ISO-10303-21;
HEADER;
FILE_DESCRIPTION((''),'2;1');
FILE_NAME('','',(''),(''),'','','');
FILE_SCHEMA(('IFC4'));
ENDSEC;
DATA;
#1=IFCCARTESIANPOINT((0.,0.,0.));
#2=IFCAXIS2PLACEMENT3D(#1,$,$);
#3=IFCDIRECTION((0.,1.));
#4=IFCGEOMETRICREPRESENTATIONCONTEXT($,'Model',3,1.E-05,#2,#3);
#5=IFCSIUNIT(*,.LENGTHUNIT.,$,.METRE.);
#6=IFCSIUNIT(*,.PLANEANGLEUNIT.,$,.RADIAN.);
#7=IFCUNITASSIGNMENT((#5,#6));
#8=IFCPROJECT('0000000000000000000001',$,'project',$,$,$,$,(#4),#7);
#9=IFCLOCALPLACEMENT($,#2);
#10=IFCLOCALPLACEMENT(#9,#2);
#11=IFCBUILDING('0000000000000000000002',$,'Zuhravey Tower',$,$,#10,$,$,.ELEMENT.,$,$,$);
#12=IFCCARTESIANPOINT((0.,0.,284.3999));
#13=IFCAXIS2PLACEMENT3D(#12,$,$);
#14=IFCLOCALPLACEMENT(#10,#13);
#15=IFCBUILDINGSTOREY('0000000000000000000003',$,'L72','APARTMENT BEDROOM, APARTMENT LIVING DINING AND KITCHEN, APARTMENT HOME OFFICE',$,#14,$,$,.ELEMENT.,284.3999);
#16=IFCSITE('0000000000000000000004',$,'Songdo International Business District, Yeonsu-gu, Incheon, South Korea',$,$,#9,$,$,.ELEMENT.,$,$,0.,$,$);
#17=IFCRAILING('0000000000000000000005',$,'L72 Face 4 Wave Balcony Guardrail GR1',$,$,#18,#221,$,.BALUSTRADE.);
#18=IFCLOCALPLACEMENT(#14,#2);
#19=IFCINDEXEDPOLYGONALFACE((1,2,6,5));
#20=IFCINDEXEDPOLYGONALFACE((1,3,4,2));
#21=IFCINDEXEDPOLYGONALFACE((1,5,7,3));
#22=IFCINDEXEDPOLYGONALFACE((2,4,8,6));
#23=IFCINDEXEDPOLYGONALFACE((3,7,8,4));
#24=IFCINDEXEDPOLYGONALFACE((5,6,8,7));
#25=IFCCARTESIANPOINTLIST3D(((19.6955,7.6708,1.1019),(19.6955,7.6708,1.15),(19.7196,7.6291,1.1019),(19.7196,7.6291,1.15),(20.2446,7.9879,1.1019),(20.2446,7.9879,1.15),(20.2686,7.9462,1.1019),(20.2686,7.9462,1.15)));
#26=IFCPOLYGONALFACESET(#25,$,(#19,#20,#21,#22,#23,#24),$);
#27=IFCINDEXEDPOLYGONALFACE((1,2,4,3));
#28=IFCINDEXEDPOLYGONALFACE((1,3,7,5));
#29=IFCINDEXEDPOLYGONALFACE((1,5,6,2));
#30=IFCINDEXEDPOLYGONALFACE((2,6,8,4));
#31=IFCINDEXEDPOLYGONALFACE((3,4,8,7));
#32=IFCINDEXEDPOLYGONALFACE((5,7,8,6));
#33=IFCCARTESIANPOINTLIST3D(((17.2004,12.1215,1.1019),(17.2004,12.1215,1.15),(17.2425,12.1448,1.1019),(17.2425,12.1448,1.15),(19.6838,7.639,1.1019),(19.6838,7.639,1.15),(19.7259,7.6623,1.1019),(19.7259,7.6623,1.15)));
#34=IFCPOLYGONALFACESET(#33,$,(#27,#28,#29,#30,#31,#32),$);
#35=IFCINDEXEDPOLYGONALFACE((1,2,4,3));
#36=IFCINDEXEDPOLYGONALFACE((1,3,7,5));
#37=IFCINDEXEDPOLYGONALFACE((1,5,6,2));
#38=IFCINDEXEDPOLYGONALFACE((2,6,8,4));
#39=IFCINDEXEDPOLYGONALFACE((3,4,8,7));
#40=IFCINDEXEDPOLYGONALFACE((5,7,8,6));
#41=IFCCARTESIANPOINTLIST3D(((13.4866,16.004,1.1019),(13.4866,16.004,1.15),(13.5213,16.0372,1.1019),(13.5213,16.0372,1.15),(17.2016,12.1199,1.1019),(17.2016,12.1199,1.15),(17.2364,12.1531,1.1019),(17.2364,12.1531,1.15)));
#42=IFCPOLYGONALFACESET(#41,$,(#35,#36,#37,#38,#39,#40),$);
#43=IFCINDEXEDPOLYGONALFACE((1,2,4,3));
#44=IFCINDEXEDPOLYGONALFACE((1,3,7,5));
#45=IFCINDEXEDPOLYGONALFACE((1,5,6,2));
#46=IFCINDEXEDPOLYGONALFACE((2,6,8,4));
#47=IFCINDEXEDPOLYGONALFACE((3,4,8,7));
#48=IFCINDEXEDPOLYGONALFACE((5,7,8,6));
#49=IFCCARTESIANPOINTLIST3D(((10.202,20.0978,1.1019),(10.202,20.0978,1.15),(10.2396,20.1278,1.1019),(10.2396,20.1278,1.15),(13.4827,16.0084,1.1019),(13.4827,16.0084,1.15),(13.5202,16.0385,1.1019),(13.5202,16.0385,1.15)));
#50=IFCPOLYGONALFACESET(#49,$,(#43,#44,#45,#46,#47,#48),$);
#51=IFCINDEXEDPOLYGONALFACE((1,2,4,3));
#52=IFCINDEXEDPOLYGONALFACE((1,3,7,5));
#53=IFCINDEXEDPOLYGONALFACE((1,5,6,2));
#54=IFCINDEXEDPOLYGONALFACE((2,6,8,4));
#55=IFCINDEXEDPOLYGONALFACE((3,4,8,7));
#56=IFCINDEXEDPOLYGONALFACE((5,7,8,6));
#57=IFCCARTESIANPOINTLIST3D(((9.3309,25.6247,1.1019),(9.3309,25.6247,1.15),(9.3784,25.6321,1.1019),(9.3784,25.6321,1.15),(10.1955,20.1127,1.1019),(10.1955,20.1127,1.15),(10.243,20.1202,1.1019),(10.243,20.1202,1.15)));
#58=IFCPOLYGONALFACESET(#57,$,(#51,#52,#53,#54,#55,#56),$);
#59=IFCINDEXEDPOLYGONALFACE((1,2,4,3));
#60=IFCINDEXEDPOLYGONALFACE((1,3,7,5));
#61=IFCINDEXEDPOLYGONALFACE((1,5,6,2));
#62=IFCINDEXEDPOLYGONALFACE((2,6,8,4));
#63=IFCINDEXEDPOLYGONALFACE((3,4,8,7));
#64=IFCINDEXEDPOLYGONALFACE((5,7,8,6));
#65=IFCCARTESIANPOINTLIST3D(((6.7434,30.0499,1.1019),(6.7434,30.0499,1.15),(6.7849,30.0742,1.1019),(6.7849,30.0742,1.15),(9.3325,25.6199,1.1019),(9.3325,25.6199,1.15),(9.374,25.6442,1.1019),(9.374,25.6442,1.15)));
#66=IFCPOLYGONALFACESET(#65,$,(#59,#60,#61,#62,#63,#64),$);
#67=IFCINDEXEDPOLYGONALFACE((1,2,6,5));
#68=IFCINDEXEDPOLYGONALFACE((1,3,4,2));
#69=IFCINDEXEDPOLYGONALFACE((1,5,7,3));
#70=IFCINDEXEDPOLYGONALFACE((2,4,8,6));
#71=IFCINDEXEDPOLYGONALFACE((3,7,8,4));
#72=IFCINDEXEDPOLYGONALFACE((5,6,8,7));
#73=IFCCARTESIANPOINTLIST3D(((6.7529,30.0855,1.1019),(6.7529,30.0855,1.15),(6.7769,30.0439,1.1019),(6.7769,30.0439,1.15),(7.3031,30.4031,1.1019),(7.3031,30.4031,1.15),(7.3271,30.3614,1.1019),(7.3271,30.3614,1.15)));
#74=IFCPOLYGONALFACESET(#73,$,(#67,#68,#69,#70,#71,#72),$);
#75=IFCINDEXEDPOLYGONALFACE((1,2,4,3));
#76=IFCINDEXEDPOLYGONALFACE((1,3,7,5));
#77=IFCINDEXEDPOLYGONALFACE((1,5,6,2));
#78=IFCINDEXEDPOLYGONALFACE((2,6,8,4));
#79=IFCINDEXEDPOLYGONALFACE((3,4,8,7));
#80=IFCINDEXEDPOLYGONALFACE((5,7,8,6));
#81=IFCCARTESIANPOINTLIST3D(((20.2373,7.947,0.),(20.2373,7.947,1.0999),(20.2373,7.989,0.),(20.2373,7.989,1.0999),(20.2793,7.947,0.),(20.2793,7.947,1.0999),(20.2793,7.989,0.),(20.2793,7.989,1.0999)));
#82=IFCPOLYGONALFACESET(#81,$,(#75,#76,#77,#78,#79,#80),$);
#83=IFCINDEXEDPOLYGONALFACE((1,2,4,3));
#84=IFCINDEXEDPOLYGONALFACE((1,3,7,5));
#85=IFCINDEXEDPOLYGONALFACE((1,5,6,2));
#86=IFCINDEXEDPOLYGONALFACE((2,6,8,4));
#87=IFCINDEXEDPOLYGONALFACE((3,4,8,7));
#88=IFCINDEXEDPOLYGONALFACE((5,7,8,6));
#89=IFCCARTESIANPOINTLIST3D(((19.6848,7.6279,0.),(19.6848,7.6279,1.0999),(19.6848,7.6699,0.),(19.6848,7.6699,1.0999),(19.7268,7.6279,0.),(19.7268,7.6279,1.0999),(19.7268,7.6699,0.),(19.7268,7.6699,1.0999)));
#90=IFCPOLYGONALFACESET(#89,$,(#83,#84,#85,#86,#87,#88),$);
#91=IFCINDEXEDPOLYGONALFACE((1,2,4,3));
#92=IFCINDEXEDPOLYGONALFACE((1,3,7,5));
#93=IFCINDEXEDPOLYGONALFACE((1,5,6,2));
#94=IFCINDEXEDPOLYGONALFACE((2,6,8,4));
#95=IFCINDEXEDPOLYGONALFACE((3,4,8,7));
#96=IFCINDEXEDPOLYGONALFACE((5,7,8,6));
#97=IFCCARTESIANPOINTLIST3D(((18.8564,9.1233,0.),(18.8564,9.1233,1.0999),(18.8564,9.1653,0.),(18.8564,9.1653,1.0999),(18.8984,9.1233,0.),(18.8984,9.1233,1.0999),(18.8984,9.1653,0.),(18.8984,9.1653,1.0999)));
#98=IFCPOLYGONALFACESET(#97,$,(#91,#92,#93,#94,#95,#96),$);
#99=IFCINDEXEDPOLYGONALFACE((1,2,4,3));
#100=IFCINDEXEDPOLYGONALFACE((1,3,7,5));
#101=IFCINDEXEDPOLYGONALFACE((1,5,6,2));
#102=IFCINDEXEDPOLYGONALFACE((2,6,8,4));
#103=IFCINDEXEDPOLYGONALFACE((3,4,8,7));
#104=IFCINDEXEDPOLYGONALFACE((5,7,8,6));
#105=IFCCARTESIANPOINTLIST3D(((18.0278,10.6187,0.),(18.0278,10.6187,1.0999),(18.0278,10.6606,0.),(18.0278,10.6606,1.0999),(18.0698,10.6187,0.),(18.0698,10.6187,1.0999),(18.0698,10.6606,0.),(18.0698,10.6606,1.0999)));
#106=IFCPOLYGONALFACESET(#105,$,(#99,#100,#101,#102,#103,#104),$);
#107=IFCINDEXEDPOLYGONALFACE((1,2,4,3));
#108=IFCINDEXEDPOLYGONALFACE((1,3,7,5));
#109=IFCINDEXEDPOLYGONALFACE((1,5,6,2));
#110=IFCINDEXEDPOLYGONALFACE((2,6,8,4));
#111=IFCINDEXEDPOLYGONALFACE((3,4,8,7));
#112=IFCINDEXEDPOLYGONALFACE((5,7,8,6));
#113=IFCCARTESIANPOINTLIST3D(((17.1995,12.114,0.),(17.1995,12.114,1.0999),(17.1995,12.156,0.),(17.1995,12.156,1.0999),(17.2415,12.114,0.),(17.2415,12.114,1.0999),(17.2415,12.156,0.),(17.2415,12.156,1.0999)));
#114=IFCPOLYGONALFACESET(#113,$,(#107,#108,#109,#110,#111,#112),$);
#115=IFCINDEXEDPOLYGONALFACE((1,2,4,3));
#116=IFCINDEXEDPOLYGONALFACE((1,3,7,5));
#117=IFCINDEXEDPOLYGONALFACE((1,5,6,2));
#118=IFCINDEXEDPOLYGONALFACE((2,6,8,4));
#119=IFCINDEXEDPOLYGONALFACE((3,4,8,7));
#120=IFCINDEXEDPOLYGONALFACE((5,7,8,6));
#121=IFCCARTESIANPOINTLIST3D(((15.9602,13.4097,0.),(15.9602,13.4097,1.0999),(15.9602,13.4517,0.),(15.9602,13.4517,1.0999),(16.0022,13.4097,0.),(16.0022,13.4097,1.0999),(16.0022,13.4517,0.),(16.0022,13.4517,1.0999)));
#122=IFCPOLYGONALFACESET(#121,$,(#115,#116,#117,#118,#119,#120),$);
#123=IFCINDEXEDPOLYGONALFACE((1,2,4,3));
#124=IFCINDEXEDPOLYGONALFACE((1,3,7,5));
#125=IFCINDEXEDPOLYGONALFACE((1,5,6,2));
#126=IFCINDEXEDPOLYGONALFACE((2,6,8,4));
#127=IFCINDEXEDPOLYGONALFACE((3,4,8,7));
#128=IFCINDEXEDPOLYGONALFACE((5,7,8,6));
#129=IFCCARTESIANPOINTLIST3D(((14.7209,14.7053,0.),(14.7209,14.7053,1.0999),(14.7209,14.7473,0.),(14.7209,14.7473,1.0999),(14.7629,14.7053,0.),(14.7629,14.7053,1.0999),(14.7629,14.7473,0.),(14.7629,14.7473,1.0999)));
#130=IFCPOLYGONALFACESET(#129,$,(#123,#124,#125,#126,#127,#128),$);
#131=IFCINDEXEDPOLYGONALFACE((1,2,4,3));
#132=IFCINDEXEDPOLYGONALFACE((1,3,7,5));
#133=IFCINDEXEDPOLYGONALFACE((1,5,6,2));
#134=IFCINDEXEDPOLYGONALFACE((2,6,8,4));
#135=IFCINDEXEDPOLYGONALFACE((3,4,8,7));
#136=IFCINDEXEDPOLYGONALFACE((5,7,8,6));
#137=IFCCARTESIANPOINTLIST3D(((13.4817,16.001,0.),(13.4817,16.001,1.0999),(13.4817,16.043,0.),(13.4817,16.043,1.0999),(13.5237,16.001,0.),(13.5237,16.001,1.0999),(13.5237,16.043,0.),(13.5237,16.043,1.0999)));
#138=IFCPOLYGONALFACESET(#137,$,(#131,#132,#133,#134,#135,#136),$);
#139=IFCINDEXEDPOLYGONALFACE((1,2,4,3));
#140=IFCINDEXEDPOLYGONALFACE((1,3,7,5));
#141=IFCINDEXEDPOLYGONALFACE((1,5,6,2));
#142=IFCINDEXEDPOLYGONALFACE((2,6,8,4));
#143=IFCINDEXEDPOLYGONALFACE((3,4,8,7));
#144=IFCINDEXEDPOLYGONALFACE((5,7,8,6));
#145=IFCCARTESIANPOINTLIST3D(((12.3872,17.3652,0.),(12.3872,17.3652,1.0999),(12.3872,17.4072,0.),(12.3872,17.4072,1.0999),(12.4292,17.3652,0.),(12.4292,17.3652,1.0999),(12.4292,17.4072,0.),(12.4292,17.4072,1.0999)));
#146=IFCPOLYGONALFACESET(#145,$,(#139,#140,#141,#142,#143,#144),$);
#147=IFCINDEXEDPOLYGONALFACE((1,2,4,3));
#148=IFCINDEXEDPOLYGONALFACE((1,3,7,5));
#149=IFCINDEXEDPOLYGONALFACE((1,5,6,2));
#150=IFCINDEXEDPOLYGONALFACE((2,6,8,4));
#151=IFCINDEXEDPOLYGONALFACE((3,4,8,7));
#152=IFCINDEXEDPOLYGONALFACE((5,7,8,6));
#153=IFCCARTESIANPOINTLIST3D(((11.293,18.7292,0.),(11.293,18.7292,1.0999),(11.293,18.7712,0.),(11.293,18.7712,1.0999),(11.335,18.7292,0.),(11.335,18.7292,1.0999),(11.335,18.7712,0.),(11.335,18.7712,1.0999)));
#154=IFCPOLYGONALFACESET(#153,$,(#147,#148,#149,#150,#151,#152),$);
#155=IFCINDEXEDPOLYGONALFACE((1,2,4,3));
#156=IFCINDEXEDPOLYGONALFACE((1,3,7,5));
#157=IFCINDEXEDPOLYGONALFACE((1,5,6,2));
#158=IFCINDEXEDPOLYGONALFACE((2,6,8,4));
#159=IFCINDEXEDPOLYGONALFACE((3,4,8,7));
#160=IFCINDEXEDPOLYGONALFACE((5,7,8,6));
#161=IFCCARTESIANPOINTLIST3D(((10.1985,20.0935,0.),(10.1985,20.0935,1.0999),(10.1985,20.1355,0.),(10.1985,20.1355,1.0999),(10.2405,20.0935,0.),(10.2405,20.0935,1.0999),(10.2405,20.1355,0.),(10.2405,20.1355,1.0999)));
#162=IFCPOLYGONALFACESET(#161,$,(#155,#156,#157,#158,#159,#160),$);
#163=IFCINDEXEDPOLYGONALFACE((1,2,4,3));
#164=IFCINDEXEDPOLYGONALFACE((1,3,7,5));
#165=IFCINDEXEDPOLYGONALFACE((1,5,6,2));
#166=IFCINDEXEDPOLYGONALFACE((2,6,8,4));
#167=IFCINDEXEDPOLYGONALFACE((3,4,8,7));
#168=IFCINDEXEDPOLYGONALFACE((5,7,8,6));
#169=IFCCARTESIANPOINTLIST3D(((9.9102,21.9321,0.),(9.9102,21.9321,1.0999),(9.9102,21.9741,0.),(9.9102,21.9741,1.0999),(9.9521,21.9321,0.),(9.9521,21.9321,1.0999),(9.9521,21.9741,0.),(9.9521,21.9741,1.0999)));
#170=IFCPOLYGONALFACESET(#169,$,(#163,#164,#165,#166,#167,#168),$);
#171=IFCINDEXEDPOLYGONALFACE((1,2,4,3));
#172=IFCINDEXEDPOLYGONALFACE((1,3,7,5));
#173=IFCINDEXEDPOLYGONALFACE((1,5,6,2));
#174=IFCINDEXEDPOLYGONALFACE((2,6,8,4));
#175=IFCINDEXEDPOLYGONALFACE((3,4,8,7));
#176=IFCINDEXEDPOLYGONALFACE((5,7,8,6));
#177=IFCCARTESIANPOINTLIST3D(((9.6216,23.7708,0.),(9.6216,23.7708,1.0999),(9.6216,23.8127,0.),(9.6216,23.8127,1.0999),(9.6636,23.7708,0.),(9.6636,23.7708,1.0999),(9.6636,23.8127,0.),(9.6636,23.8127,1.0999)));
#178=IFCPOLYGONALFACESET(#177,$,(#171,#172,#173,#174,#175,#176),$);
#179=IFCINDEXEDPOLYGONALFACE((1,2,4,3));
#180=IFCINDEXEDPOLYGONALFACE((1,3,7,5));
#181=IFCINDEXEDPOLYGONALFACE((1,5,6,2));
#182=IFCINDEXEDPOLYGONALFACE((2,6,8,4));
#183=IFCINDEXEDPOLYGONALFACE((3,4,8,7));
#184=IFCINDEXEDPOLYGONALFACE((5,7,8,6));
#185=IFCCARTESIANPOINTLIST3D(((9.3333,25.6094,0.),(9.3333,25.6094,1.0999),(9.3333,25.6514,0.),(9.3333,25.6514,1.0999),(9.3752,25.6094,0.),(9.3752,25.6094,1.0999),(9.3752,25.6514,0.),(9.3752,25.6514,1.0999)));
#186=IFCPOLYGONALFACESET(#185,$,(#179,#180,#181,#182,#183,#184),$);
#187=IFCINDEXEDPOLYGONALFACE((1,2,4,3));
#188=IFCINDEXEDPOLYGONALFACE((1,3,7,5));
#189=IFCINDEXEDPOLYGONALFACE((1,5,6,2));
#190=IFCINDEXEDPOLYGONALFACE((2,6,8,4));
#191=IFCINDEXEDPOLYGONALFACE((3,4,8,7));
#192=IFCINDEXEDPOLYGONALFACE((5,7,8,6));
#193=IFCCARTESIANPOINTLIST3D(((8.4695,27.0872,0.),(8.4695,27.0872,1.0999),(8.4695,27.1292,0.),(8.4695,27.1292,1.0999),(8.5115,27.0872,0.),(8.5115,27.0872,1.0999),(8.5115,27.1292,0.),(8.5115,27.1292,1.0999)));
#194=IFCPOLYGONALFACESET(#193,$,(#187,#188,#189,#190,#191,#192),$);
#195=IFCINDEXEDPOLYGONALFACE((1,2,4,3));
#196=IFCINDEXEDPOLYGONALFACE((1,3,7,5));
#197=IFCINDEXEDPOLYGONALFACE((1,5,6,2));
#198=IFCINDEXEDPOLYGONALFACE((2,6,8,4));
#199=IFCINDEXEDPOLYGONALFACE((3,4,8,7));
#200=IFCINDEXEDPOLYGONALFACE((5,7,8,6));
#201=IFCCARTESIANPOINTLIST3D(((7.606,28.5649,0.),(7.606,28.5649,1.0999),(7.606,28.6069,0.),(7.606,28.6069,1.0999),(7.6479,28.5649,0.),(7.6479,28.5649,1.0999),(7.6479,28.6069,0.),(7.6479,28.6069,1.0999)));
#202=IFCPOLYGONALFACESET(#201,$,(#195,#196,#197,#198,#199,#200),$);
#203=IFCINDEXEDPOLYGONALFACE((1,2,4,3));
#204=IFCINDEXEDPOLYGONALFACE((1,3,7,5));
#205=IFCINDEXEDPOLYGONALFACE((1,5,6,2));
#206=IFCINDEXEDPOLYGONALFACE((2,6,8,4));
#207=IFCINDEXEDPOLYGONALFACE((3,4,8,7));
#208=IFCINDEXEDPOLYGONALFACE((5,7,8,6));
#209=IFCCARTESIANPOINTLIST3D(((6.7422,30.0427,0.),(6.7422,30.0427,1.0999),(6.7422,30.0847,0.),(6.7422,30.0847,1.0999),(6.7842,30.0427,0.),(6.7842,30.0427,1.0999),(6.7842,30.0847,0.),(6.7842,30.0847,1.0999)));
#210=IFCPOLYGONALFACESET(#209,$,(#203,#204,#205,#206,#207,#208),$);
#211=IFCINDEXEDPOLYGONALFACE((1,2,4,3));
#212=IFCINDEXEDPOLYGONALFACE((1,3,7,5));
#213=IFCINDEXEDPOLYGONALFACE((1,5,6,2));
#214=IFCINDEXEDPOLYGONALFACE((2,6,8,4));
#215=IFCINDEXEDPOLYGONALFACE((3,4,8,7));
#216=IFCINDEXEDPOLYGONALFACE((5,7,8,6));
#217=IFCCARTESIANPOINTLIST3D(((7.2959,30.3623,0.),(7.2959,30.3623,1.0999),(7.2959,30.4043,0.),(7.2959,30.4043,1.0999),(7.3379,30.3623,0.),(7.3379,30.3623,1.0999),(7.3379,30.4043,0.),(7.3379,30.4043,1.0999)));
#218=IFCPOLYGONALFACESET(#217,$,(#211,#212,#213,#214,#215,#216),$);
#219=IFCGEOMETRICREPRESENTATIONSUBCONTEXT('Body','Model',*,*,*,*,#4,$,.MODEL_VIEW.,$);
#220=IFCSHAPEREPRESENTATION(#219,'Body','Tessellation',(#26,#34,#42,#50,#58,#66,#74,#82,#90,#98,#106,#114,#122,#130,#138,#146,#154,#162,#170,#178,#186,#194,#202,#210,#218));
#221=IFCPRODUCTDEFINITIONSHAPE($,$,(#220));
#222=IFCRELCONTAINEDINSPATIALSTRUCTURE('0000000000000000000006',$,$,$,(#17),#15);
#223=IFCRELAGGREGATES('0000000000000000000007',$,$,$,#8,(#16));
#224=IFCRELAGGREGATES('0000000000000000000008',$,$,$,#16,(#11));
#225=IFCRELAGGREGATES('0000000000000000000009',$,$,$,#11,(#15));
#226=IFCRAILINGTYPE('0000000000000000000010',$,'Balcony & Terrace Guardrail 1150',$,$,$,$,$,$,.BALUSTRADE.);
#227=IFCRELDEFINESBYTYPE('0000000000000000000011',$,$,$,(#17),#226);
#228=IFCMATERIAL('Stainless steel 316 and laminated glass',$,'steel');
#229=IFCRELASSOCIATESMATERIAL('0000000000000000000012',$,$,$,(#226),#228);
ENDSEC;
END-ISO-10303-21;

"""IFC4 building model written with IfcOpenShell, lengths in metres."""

from ifc_helpers import new_model, si_unit, direction, frame, origin, origin_2d, place, context, subcontext, project, spatial, rectangle, extrude, material, type_object, element, save


model = new_model("IFC4")

# Units and contexts
model_context = context("Model", 3, precision=1e-05, world=origin(), true_north=direction((0.0, 1.0)))
body_context = subcontext(model_context, "Body", "Model", "MODEL_VIEW")
ifc_project = project(units=[si_unit("LENGTHUNIT", "METRE"), si_unit("PLANEANGLEUNIT", "RADIAN")], contexts=[model_context])

# Site, building, storey
site_placement = place(None, origin())
site = spatial("IfcSite", under=ifc_project, at=site_placement, Name="Songdo International Business District, Yeonsu-gu, Incheon, South Korea", CompositionType="ELEMENT", RefElevation=0.0)
building_placement = place(site_placement, origin())
building = spatial("IfcBuilding", under=site, at=building_placement, Name="Zuhravey Tower", CompositionType="ELEMENT")
storey_placement = place(building_placement, frame((0.0, 0.0, 284.3999)))
storey = spatial("IfcBuildingStorey", under=building, at=storey_placement, Name="L72", Description="APARTMENT BEDROOM, APARTMENT LIVING DINING AND KITCHEN, APARTMENT HOME OFFICE", CompositionType="ELEMENT", Elevation=284.3999)

# Railing
ifc_material_1 = material(Name="Stainless steel 316 and laminated glass", Category="steel")
railing_type = type_object("IfcRailingType", Name="Balcony & Terrace Guardrail 1150", PredefinedType="BALUSTRADE", material=ifc_material_1)
railing_placement = place(storey_placement, frame((20.2583, 7.968, 0.0)))
element("IfcRailing", 1, at=railing_placement, inside=storey, type_object=railing_type, Name="L72 Face 4 Wave Balcony Guardrail GR1", PredefinedType="BALUSTRADE", context=body_context, shape_type="SweptSolid", body=[
    extrude(rectangle(XDim=0.0481, YDim=0.0481, at=origin_2d()), frame((-0.0017, -0.001, 1.126), z_axis=(-0.86595, -0.500131, 0.0), x_axis=(0.500131, -0.86595, 0.0)), (0.0, 0.0, 1.0), 0.634),
    extrude(rectangle(XDim=0.0481, YDim=0.0481, at=origin_2d()), frame((-0.5535, -0.3174, 1.126), z_axis=(-0.484612, 0.874729, 0.0), x_axis=(-0.874729, -0.484612, 0.0)), (0.0, 0.0, 1.0), 5.1245),
    extrude(rectangle(XDim=0.0481, YDim=0.0481, at=origin_2d()), frame((-3.0393, 4.1685, 1.126), z_axis=(-0.691204, 0.72266, 0.0), x_axis=(-0.72266, -0.691204, 0.0)), (0.0, 0.0, 1.0), 5.3748),
    extrude(rectangle(XDim=0.0481, YDim=0.0481, at=origin_2d()), frame((-6.7568, 8.0554, 1.126), z_axis=(-0.625761, 0.780015, 0.0), x_axis=(-0.780015, -0.625761, 0.0)), (0.0, 0.0, 1.0), 5.2427),
    extrude(rectangle(XDim=0.0481, YDim=0.0481, at=origin_2d()), frame((-10.0391, 12.1484, 1.126), z_axis=(-0.154968, 0.98792, 0.0), x_axis=(-0.98792, -0.154968, 0.0)), (0.0, 0.0, 1.0), 5.5793),
    extrude(rectangle(XDim=0.0481, YDim=0.0481, at=origin_2d()), frame((-10.905, 17.6641, 1.126), z_axis=(-0.504589, 0.86336, 0.0), x_axis=(-0.86336, -0.504589, 0.0)), (0.0, 0.0, 1.0), 5.1311),
    extrude(rectangle(XDim=0.0481, YDim=0.0481, at=origin_2d()), frame((-13.4934, 22.0967, 1.126), z_axis=(0.866097, 0.499877, 0.0), x_axis=(-0.499877, 0.866097, 0.0)), (0.0, 0.0, 1.0), 0.6353),
    extrude(rectangle(XDim=0.042, YDim=0.042, at=origin_2d()), origin(), (0.0, 0.0, 1.0), 1.0999),
    extrude(rectangle(XDim=0.042, YDim=0.042, at=origin_2d()), frame((-0.5525, -0.3191, 0.0)), (0.0, 0.0, 1.0), 1.0999),
    extrude(rectangle(XDim=0.042, YDim=0.042, at=origin_2d()), frame((-1.3809, 1.1763, 0.0)), (0.0, 0.0, 1.0), 1.0999),
    extrude(rectangle(XDim=0.042, YDim=0.042, at=origin_2d()), frame((-2.2095, 2.6716, 0.0)), (0.0, 0.0, 1.0), 1.0999),
    extrude(rectangle(XDim=0.042, YDim=0.042, at=origin_2d()), frame((-3.0378, 4.167, 0.0)), (0.0, 0.0, 1.0), 1.0999),
    extrude(rectangle(XDim=0.042, YDim=0.042, at=origin_2d()), frame((-4.2771, 5.4626, 0.0)), (0.0, 0.0, 1.0), 1.0999),
    extrude(rectangle(XDim=0.042, YDim=0.042, at=origin_2d()), frame((-5.5164, 6.7583, 0.0)), (0.0, 0.0, 1.0), 1.0999),
    extrude(rectangle(XDim=0.042, YDim=0.042, at=origin_2d()), frame((-6.7556, 8.054, 0.0)), (0.0, 0.0, 1.0), 1.0999),
    extrude(rectangle(XDim=0.042, YDim=0.042, at=origin_2d()), frame((-7.8501, 9.4182, 0.0)), (0.0, 0.0, 1.0), 1.0999),
    extrude(rectangle(XDim=0.042, YDim=0.042, at=origin_2d()), frame((-8.9443, 10.7822, 0.0)), (0.0, 0.0, 1.0), 1.0999),
    extrude(rectangle(XDim=0.042, YDim=0.042, at=origin_2d()), frame((-10.0388, 12.1465, 0.0)), (0.0, 0.0, 1.0), 1.0999),
    extrude(rectangle(XDim=0.042, YDim=0.042, at=origin_2d()), frame((-10.3271, 13.9851, 0.0)), (0.0, 0.0, 1.0), 1.0999),
    extrude(rectangle(XDim=0.042, YDim=0.042, at=origin_2d()), frame((-10.6157, 15.8237, 0.0)), (0.0, 0.0, 1.0), 1.0999),
    extrude(rectangle(XDim=0.042, YDim=0.042, at=origin_2d()), frame((-10.9041, 17.6624, 0.0)), (0.0, 0.0, 1.0), 1.0999),
    extrude(rectangle(XDim=0.042, YDim=0.042, at=origin_2d()), frame((-11.7678, 19.1401, 0.0)), (0.0, 0.0, 1.0), 1.0999),
    extrude(rectangle(XDim=0.042, YDim=0.042, at=origin_2d()), frame((-12.6313, 20.6179, 0.0)), (0.0, 0.0, 1.0), 1.0999),
    extrude(rectangle(XDim=0.042, YDim=0.042, at=origin_2d()), frame((-13.4951, 22.0957, 0.0)), (0.0, 0.0, 1.0), 1.0999),
    extrude(rectangle(XDim=0.042, YDim=0.042, at=origin_2d()), frame((-12.9414, 22.4153, 0.0)), (0.0, 0.0, 1.0), 1.0999),
])

save(model, "model.ifc")
